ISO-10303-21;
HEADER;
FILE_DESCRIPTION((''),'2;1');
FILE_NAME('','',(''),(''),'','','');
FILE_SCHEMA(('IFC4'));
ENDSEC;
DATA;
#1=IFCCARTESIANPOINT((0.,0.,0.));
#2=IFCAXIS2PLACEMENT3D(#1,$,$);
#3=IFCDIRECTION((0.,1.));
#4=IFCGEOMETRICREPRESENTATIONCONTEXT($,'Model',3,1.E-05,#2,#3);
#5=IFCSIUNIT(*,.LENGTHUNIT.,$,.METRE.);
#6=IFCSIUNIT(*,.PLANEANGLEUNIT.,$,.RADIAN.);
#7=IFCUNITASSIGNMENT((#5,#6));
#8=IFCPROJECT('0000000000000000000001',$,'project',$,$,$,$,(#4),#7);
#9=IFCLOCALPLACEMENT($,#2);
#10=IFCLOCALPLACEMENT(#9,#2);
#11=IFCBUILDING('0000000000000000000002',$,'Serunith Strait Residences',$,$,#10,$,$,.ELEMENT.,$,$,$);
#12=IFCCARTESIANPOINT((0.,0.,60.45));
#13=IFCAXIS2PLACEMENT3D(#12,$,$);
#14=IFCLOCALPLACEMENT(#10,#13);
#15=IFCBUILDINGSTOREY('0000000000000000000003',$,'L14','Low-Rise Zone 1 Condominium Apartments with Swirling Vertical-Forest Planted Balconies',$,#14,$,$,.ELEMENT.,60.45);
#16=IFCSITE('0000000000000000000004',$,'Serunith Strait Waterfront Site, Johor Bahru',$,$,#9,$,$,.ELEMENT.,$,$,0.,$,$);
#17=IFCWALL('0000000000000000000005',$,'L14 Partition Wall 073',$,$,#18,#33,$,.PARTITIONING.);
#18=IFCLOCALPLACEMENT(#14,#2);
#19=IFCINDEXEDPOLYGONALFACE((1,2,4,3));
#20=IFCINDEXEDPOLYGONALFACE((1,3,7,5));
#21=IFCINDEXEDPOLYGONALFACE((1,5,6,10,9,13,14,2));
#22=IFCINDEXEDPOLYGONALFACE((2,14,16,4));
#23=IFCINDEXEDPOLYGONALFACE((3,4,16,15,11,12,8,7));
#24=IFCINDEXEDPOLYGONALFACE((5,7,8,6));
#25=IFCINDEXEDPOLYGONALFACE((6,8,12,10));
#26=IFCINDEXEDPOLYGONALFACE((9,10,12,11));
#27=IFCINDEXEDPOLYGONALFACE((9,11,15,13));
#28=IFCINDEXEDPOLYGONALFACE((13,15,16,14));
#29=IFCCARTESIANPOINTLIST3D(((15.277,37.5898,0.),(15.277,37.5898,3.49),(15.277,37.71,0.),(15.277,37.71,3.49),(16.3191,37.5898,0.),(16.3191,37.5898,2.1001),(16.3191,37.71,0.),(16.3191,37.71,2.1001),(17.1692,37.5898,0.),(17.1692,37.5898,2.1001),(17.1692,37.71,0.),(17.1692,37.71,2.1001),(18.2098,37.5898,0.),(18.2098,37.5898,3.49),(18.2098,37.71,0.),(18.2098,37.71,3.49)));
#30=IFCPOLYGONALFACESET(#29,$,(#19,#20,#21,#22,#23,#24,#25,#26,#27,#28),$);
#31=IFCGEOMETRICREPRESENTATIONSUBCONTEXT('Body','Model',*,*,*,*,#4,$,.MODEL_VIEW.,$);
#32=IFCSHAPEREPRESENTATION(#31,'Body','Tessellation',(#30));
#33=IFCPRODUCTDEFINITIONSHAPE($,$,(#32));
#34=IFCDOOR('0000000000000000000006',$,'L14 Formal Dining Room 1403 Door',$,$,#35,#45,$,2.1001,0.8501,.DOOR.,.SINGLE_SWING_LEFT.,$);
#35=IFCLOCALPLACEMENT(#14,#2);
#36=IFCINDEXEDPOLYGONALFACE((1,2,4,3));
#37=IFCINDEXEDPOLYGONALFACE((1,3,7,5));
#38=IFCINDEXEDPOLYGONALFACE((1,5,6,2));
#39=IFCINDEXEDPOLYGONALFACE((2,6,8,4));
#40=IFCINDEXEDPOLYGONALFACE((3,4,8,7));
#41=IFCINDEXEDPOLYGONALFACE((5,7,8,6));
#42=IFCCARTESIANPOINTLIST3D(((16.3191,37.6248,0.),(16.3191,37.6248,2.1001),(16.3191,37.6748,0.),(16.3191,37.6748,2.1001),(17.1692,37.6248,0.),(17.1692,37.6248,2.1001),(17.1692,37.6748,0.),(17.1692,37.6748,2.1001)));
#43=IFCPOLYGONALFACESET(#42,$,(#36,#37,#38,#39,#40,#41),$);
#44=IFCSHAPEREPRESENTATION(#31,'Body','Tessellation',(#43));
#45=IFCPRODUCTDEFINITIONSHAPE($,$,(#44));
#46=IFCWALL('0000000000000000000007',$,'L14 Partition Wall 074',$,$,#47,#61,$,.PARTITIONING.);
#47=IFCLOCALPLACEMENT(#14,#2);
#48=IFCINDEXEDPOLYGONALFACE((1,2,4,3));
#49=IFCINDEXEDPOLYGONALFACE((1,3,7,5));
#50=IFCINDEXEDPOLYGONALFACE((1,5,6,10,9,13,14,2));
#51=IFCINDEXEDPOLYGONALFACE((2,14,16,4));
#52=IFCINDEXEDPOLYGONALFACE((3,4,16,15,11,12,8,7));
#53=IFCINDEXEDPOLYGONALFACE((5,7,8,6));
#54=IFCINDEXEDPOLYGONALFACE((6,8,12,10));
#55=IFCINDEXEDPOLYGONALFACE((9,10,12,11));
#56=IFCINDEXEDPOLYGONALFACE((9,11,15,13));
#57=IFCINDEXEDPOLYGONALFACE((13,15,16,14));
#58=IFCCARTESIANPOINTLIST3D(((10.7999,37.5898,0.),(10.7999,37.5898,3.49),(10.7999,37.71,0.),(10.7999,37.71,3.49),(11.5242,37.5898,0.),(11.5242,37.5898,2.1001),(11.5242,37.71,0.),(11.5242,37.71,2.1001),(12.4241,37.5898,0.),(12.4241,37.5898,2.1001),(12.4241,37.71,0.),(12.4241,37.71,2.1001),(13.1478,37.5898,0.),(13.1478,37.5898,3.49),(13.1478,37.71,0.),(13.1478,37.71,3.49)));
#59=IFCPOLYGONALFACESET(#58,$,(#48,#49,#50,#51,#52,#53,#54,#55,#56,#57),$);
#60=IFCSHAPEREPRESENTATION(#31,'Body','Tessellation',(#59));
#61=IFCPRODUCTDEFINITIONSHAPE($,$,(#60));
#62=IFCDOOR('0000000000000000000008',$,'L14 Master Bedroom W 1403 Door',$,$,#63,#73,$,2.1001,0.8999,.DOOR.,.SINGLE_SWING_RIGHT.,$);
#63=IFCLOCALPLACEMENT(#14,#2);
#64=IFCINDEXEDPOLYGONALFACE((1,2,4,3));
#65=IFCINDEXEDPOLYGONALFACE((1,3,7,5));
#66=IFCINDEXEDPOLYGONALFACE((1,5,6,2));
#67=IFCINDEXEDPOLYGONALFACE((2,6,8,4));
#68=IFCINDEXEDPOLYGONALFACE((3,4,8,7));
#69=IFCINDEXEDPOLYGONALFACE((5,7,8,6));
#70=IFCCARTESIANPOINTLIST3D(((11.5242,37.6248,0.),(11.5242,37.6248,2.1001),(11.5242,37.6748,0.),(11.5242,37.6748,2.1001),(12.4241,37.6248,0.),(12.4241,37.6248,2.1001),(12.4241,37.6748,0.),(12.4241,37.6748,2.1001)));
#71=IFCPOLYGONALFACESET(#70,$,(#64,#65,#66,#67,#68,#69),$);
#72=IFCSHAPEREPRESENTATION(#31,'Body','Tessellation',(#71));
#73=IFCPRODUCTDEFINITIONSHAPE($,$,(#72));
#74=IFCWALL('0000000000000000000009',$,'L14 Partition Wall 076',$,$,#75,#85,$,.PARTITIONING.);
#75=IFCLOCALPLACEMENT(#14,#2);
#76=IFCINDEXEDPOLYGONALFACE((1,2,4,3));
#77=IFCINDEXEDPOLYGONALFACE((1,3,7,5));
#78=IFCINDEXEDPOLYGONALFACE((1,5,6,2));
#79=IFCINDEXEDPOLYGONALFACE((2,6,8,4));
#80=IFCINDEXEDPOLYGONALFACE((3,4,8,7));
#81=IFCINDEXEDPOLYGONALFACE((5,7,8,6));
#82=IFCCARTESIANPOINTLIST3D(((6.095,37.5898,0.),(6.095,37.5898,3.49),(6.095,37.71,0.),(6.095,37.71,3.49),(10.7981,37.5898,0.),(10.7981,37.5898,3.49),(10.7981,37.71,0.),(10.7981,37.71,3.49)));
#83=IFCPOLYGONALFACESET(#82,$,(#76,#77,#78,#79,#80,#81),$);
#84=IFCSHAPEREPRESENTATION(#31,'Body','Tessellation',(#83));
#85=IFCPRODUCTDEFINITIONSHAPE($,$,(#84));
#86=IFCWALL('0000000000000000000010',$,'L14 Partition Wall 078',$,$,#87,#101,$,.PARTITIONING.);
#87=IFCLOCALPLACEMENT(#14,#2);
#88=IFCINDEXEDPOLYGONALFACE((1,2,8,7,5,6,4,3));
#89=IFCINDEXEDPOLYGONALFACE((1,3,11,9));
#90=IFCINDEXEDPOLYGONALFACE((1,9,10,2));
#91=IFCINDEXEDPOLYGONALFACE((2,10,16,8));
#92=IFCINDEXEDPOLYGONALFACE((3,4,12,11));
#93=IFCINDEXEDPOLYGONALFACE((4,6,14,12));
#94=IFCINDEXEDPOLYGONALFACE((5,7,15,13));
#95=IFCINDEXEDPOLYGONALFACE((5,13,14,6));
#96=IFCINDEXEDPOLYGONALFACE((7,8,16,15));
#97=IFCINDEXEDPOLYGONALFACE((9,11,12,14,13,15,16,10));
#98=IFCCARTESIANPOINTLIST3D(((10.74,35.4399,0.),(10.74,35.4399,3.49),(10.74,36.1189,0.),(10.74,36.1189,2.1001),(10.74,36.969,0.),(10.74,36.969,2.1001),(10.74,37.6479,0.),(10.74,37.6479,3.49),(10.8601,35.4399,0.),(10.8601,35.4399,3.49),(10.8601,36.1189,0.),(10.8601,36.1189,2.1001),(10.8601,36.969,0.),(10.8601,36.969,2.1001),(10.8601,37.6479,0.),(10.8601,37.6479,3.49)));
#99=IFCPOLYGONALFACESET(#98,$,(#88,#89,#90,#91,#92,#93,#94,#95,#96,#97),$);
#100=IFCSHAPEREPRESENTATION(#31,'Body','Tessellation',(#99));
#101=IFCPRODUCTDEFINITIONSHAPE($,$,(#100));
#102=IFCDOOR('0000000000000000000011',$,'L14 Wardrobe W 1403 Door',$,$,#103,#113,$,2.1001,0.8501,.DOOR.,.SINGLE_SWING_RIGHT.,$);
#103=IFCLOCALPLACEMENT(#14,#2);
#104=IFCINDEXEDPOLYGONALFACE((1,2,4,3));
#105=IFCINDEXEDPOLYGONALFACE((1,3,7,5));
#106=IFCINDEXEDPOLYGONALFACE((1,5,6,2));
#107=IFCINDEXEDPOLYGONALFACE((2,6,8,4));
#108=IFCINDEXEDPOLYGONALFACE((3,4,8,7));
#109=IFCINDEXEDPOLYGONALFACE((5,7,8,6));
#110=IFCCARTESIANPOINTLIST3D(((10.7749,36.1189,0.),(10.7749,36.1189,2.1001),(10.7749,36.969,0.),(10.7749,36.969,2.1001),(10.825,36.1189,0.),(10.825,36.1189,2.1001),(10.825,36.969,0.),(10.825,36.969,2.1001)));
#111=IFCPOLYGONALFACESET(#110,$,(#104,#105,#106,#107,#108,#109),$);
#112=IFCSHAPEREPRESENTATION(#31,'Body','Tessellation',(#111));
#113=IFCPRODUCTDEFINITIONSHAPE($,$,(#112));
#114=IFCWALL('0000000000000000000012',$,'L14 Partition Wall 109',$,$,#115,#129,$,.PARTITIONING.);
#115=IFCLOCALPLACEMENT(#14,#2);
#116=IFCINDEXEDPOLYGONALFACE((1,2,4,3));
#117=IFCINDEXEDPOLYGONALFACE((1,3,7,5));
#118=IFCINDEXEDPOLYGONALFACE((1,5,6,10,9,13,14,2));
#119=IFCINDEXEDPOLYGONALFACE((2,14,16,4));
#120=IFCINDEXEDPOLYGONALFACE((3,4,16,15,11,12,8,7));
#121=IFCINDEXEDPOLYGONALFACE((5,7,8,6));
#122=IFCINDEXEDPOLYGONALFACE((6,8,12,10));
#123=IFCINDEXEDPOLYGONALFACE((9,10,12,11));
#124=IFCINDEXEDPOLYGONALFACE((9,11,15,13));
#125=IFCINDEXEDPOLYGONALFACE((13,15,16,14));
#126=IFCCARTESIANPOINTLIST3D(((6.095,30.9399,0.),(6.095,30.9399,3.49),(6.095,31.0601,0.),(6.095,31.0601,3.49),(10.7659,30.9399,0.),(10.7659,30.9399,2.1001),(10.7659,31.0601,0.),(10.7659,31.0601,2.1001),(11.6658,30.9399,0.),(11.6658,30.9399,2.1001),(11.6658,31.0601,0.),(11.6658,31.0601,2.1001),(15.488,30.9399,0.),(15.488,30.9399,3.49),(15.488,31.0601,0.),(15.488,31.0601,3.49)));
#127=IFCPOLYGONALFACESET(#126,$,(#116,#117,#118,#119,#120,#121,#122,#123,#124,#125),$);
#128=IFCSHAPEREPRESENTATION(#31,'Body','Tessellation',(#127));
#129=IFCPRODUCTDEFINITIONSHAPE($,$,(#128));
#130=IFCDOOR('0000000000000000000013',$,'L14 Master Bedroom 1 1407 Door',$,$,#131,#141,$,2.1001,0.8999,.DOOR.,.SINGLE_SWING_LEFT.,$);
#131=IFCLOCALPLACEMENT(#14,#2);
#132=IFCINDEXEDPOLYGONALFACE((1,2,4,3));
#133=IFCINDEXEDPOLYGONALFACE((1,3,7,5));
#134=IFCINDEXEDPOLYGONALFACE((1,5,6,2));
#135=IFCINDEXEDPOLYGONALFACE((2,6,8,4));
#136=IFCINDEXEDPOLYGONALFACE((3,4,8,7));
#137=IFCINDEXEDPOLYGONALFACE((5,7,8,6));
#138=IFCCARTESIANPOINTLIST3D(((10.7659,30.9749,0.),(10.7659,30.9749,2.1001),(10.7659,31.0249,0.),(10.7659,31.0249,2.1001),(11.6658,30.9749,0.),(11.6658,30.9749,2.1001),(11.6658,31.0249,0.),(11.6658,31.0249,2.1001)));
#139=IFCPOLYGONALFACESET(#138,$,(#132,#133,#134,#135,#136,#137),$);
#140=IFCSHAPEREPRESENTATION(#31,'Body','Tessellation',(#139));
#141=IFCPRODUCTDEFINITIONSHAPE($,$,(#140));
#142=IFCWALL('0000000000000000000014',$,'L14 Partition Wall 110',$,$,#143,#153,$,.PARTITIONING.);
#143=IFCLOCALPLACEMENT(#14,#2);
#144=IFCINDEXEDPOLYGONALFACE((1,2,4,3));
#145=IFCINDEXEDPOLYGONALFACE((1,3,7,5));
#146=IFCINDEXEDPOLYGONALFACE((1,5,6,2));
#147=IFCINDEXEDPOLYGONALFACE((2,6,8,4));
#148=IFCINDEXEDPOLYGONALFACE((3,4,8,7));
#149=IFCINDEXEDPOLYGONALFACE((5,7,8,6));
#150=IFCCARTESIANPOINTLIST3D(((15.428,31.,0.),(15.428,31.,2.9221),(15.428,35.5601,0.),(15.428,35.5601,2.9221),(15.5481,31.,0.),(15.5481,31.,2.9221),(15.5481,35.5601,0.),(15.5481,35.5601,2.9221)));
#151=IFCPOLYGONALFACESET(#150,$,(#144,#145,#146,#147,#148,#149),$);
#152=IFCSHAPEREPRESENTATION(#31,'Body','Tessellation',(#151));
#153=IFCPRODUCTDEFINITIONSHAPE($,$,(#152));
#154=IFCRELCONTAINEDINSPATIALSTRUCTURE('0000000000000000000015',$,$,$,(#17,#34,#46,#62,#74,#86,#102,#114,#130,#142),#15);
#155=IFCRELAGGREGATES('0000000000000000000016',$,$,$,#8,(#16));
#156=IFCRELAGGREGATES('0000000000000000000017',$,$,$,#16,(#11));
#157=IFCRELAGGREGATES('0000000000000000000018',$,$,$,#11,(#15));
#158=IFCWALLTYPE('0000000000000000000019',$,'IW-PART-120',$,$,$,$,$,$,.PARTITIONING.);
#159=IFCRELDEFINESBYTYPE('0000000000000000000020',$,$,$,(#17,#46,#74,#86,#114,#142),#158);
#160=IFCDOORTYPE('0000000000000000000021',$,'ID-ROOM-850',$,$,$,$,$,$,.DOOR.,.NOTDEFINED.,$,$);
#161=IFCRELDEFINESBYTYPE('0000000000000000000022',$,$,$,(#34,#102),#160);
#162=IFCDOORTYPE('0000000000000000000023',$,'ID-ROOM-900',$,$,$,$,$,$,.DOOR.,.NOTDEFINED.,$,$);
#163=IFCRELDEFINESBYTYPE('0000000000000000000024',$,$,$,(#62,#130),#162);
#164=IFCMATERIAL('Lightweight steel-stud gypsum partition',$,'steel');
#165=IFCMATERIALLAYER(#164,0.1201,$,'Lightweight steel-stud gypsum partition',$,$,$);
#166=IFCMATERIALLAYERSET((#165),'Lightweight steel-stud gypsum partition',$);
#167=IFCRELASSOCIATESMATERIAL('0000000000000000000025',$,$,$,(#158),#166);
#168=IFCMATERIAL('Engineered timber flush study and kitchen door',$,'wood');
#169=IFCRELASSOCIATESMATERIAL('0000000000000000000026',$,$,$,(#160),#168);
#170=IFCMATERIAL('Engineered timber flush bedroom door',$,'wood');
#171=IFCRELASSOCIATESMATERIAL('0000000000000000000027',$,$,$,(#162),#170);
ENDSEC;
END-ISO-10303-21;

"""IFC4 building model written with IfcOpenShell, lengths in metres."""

from ifc_helpers import new_model, si_unit, direction, frame, frame_2d, origin, place, context, subcontext, project, spatial, rectangle, extrude, source, transform, mapped, material, layer, layer_set, type_object, element, fill, save


model = new_model("IFC4")

# Units and contexts
model_context = context("Model", 3, precision=1e-05, world=origin(), true_north=direction((0.0, 1.0)))
body_context = subcontext(model_context, "Body", "Model", "MODEL_VIEW")
ifc_project = project(units=[si_unit("LENGTHUNIT", "METRE"), si_unit("PLANEANGLEUNIT", "RADIAN")], contexts=[model_context])

# Site, building, storey
site_placement = place(None, origin())
site = spatial("IfcSite", under=ifc_project, at=site_placement, Name="Serunith Strait Waterfront Site, Johor Bahru", CompositionType="ELEMENT", RefElevation=0.0)
building_placement = place(site_placement, origin())
building = spatial("IfcBuilding", under=site, at=building_placement, Name="Serunith Strait Residences", CompositionType="ELEMENT")
storey_placement = place(building_placement, frame((0.0, 0.0, 60.45)))
storey = spatial("IfcBuildingStorey", under=building, at=storey_placement, Name="L14", Description="Low-Rise Zone 1 Condominium Apartments with Swirling Vertical-Forest Planted Balconies", CompositionType="ELEMENT", Elevation=60.45)

# Walls, openings, doors
ifc_material_1 = material(Name="Lightweight steel-stud gypsum partition", Category="steel")
ifc_layer_1 = layer(ifc_material_1, 0.1201, Name="Lightweight steel-stud gypsum partition")
ifc_layer_set_1 = layer_set([ifc_layer_1], Name="Lightweight steel-stud gypsum partition")
wall_type_1 = type_object("IfcWallType", Name="IW-PART-120", PredefinedType="PARTITIONING", material=ifc_layer_set_1)
shared_shape_1 = source(origin(), body_context, "Body", "SweptSolid", [
    extrude(rectangle(XDim=0.8501, YDim=2.1001, at=frame_2d((0.425, 1.05))), frame((0.0, 0.0249, 0.0), z_axis=(0.0, -1.0, 0.0), x_axis=(1.0, 0.0, 0.0)), (0.0, 0.0, 1.0), 0.05),
])
wall_1_placement = place(storey_placement, frame((15.2771, 37.6499, 0.0), z_axis=(0.0, 0.0, 1.0), x_axis=(1.0, 0.0, 0.0)))
wall_1 = element("IfcWall", 1, at=wall_1_placement, inside=storey, type_object=wall_type_1, Name="L14 Partition Wall 073", PredefinedType="PARTITIONING", context=body_context, shape_type="SweptSolid", body=[
    extrude(rectangle(XDim=2.9329, YDim=0.1201, at=frame_2d((1.4663, 0.0))), origin(), (0.0, 0.0, 1.0), 3.49),
])
opening_1_placement = place(wall_1_placement, frame((1.042, 0.0, 0.0)))
opening_1 = element("IfcOpeningElement", 2, at=opening_1_placement, cuts=wall_1, PredefinedType="OPENING", context=body_context, shape_type="SweptSolid", body=[
    extrude(rectangle(XDim=0.8501, YDim=2.1001, at=frame_2d((0.425, 1.05))), frame((0.0, 0.0701, 0.0), z_axis=(0.0, -1.0, 0.0), x_axis=(1.0, 0.0, 0.0)), (0.0, 0.0, 1.0), 0.1401),
])
ifc_material_2 = material(Name="Engineered timber flush study and kitchen door", Category="wood")
door_type_1 = type_object("IfcDoorType", Name="ID-ROOM-850", OperationType="NOTDEFINED", PredefinedType="DOOR", material=ifc_material_2)
door_1_placement = place(opening_1_placement, origin())
door_1 = element("IfcDoor", 3, at=door_1_placement, inside=storey, type_object=door_type_1, Name="L14 Formal Dining Room 1403 Door", OperationType="SINGLE_SWING_LEFT", OverallHeight=2.1001, OverallWidth=0.8501, PredefinedType="DOOR", context=body_context, shape_type="MappedRepresentation", body=[
    mapped(shared_shape_1, transform((0.0, 0.0, 0.0), scale=1.0)),
])
fill(opening_1, door_1)
wall_2_placement = place(storey_placement, frame((10.8, 37.6499, 0.0), z_axis=(0.0, 0.0, 1.0), x_axis=(1.0, 0.0, 0.0)))
wall_2 = element("IfcWall", 4, at=wall_2_placement, inside=storey, type_object=wall_type_1, Name="L14 Partition Wall 074", PredefinedType="PARTITIONING", context=body_context, shape_type="SweptSolid", body=[
    extrude(rectangle(XDim=2.3479, YDim=0.1201, at=frame_2d((1.1738, 0.0))), origin(), (0.0, 0.0, 1.0), 3.49),
])
opening_2_placement = place(wall_2_placement, frame((0.7241, 0.0, 0.0)))
opening_2 = element("IfcOpeningElement", 5, at=opening_2_placement, cuts=wall_2, PredefinedType="OPENING", context=body_context, shape_type="SweptSolid", body=[
    extrude(rectangle(XDim=0.8999, YDim=2.1001, at=frame_2d((0.45, 1.05))), frame((0.0, 0.0701, 0.0), z_axis=(0.0, -1.0, 0.0), x_axis=(1.0, 0.0, 0.0)), (0.0, 0.0, 1.0), 0.1401),
])
ifc_material_3 = material(Name="Engineered timber flush bedroom door", Category="wood")
door_type_2 = type_object("IfcDoorType", Name="ID-ROOM-900", OperationType="NOTDEFINED", PredefinedType="DOOR", material=ifc_material_3)
shared_shape_2 = source(origin(), body_context, "Body", "SweptSolid", [
    extrude(rectangle(XDim=0.8999, YDim=2.1001, at=frame_2d((0.45, 1.05))), frame((0.0, 0.0249, 0.0), z_axis=(0.0, -1.0, 0.0), x_axis=(1.0, 0.0, 0.0)), (0.0, 0.0, 1.0), 0.05),
])
door_2_placement = place(opening_2_placement, origin())
door_2 = element("IfcDoor", 6, at=door_2_placement, inside=storey, type_object=door_type_2, Name="L14 Master Bedroom W 1403 Door", OperationType="SINGLE_SWING_RIGHT", OverallHeight=2.1001, OverallWidth=0.8999, PredefinedType="DOOR", context=body_context, shape_type="MappedRepresentation", body=[
    mapped(shared_shape_2, transform((0.0, 0.0, 0.0), scale=1.0)),
])
fill(opening_2, door_2)

# Wall
wall_3_placement = place(storey_placement, frame((6.095, 37.6499, 0.0), z_axis=(0.0, 0.0, 1.0), x_axis=(1.0, 0.0, 0.0)))
element("IfcWall", 7, at=wall_3_placement, inside=storey, type_object=wall_type_1, Name="L14 Partition Wall 076", PredefinedType="PARTITIONING", context=body_context, shape_type="SweptSolid", body=[
    extrude(rectangle(XDim=4.7031, YDim=0.1201, at=frame_2d((2.3516, 0.0))), origin(), (0.0, 0.0, 1.0), 3.49),
])

# Walls, openings, doors
wall_4_placement = place(storey_placement, frame((10.8, 37.6479, 0.0), z_axis=(0.0, 0.0, 1.0), x_axis=(0.0, -1.0, 0.0)))
wall_4 = element("IfcWall", 8, at=wall_4_placement, inside=storey, type_object=wall_type_1, Name="L14 Partition Wall 078", PredefinedType="PARTITIONING", context=body_context, shape_type="SweptSolid", body=[
    extrude(rectangle(XDim=2.208, YDim=0.1201, at=frame_2d((1.104, 0.0))), origin(), (0.0, 0.0, 1.0), 3.49),
])
opening_3_placement = place(wall_4_placement, frame((0.679, 0.0, 0.0)))
opening_3 = element("IfcOpeningElement", 9, at=opening_3_placement, cuts=wall_4, PredefinedType="OPENING", context=body_context, shape_type="SweptSolid", body=[
    extrude(rectangle(XDim=0.8501, YDim=2.1001, at=frame_2d((0.425, 1.05))), frame((0.0, 0.0701, 0.0), z_axis=(0.0, -1.0, 0.0), x_axis=(1.0, 0.0, 0.0)), (0.0, 0.0, 1.0), 0.1401),
])
door_3_placement = place(opening_3_placement, origin())
door_3 = element("IfcDoor", 10, at=door_3_placement, inside=storey, type_object=door_type_1, Name="L14 Wardrobe W 1403 Door", OperationType="SINGLE_SWING_RIGHT", OverallHeight=2.1001, OverallWidth=0.8501, PredefinedType="DOOR", context=body_context, shape_type="MappedRepresentation", body=[
    mapped(shared_shape_1, transform((0.0, 0.0, 0.0), scale=1.0)),
])
fill(opening_3, door_3)
wall_5_placement = place(storey_placement, frame((6.095, 31.0, 0.0), z_axis=(0.0, 0.0, 1.0), x_axis=(1.0, 0.0, 0.0)))
wall_5 = element("IfcWall", 11, at=wall_5_placement, inside=storey, type_object=wall_type_1, Name="L14 Partition Wall 109", PredefinedType="PARTITIONING", context=body_context, shape_type="SweptSolid", body=[
    extrude(rectangle(XDim=9.3931, YDim=0.1201, at=frame_2d((4.6965, 0.0))), origin(), (0.0, 0.0, 1.0), 3.49),
])
opening_4_placement = place(wall_5_placement, frame((4.6709, 0.0, 0.0)))
opening_4 = element("IfcOpeningElement", 12, at=opening_4_placement, cuts=wall_5, PredefinedType="OPENING", context=body_context, shape_type="SweptSolid", body=[
    extrude(rectangle(XDim=0.8999, YDim=2.1001, at=frame_2d((0.45, 1.05))), frame((0.0, 0.0701, 0.0), z_axis=(0.0, -1.0, 0.0), x_axis=(1.0, 0.0, 0.0)), (0.0, 0.0, 1.0), 0.1401),
])
door_4_placement = place(opening_4_placement, origin())
door_4 = element("IfcDoor", 13, at=door_4_placement, inside=storey, type_object=door_type_2, Name="L14 Master Bedroom 1 1407 Door", OperationType="SINGLE_SWING_LEFT", OverallHeight=2.1001, OverallWidth=0.8999, PredefinedType="DOOR", context=body_context, shape_type="MappedRepresentation", body=[
    mapped(shared_shape_2, transform((0.0, 0.0, 0.0), scale=1.0)),
])
fill(opening_4, door_4)

# Wall
wall_6_placement = place(storey_placement, frame((15.488, 31.0, 0.0), z_axis=(0.0, 0.0, 1.0), x_axis=(0.0, 1.0, 0.0)))
element("IfcWall", 14, at=wall_6_placement, inside=storey, type_object=wall_type_1, Name="L14 Partition Wall 110", PredefinedType="PARTITIONING", context=body_context, shape_type="SweptSolid", body=[
    extrude(rectangle(XDim=4.5601, YDim=0.1201, at=frame_2d((2.28, 0.0))), origin(), (0.0, 0.0, 1.0), 2.9221),
])

save(model, "model.ifc")
